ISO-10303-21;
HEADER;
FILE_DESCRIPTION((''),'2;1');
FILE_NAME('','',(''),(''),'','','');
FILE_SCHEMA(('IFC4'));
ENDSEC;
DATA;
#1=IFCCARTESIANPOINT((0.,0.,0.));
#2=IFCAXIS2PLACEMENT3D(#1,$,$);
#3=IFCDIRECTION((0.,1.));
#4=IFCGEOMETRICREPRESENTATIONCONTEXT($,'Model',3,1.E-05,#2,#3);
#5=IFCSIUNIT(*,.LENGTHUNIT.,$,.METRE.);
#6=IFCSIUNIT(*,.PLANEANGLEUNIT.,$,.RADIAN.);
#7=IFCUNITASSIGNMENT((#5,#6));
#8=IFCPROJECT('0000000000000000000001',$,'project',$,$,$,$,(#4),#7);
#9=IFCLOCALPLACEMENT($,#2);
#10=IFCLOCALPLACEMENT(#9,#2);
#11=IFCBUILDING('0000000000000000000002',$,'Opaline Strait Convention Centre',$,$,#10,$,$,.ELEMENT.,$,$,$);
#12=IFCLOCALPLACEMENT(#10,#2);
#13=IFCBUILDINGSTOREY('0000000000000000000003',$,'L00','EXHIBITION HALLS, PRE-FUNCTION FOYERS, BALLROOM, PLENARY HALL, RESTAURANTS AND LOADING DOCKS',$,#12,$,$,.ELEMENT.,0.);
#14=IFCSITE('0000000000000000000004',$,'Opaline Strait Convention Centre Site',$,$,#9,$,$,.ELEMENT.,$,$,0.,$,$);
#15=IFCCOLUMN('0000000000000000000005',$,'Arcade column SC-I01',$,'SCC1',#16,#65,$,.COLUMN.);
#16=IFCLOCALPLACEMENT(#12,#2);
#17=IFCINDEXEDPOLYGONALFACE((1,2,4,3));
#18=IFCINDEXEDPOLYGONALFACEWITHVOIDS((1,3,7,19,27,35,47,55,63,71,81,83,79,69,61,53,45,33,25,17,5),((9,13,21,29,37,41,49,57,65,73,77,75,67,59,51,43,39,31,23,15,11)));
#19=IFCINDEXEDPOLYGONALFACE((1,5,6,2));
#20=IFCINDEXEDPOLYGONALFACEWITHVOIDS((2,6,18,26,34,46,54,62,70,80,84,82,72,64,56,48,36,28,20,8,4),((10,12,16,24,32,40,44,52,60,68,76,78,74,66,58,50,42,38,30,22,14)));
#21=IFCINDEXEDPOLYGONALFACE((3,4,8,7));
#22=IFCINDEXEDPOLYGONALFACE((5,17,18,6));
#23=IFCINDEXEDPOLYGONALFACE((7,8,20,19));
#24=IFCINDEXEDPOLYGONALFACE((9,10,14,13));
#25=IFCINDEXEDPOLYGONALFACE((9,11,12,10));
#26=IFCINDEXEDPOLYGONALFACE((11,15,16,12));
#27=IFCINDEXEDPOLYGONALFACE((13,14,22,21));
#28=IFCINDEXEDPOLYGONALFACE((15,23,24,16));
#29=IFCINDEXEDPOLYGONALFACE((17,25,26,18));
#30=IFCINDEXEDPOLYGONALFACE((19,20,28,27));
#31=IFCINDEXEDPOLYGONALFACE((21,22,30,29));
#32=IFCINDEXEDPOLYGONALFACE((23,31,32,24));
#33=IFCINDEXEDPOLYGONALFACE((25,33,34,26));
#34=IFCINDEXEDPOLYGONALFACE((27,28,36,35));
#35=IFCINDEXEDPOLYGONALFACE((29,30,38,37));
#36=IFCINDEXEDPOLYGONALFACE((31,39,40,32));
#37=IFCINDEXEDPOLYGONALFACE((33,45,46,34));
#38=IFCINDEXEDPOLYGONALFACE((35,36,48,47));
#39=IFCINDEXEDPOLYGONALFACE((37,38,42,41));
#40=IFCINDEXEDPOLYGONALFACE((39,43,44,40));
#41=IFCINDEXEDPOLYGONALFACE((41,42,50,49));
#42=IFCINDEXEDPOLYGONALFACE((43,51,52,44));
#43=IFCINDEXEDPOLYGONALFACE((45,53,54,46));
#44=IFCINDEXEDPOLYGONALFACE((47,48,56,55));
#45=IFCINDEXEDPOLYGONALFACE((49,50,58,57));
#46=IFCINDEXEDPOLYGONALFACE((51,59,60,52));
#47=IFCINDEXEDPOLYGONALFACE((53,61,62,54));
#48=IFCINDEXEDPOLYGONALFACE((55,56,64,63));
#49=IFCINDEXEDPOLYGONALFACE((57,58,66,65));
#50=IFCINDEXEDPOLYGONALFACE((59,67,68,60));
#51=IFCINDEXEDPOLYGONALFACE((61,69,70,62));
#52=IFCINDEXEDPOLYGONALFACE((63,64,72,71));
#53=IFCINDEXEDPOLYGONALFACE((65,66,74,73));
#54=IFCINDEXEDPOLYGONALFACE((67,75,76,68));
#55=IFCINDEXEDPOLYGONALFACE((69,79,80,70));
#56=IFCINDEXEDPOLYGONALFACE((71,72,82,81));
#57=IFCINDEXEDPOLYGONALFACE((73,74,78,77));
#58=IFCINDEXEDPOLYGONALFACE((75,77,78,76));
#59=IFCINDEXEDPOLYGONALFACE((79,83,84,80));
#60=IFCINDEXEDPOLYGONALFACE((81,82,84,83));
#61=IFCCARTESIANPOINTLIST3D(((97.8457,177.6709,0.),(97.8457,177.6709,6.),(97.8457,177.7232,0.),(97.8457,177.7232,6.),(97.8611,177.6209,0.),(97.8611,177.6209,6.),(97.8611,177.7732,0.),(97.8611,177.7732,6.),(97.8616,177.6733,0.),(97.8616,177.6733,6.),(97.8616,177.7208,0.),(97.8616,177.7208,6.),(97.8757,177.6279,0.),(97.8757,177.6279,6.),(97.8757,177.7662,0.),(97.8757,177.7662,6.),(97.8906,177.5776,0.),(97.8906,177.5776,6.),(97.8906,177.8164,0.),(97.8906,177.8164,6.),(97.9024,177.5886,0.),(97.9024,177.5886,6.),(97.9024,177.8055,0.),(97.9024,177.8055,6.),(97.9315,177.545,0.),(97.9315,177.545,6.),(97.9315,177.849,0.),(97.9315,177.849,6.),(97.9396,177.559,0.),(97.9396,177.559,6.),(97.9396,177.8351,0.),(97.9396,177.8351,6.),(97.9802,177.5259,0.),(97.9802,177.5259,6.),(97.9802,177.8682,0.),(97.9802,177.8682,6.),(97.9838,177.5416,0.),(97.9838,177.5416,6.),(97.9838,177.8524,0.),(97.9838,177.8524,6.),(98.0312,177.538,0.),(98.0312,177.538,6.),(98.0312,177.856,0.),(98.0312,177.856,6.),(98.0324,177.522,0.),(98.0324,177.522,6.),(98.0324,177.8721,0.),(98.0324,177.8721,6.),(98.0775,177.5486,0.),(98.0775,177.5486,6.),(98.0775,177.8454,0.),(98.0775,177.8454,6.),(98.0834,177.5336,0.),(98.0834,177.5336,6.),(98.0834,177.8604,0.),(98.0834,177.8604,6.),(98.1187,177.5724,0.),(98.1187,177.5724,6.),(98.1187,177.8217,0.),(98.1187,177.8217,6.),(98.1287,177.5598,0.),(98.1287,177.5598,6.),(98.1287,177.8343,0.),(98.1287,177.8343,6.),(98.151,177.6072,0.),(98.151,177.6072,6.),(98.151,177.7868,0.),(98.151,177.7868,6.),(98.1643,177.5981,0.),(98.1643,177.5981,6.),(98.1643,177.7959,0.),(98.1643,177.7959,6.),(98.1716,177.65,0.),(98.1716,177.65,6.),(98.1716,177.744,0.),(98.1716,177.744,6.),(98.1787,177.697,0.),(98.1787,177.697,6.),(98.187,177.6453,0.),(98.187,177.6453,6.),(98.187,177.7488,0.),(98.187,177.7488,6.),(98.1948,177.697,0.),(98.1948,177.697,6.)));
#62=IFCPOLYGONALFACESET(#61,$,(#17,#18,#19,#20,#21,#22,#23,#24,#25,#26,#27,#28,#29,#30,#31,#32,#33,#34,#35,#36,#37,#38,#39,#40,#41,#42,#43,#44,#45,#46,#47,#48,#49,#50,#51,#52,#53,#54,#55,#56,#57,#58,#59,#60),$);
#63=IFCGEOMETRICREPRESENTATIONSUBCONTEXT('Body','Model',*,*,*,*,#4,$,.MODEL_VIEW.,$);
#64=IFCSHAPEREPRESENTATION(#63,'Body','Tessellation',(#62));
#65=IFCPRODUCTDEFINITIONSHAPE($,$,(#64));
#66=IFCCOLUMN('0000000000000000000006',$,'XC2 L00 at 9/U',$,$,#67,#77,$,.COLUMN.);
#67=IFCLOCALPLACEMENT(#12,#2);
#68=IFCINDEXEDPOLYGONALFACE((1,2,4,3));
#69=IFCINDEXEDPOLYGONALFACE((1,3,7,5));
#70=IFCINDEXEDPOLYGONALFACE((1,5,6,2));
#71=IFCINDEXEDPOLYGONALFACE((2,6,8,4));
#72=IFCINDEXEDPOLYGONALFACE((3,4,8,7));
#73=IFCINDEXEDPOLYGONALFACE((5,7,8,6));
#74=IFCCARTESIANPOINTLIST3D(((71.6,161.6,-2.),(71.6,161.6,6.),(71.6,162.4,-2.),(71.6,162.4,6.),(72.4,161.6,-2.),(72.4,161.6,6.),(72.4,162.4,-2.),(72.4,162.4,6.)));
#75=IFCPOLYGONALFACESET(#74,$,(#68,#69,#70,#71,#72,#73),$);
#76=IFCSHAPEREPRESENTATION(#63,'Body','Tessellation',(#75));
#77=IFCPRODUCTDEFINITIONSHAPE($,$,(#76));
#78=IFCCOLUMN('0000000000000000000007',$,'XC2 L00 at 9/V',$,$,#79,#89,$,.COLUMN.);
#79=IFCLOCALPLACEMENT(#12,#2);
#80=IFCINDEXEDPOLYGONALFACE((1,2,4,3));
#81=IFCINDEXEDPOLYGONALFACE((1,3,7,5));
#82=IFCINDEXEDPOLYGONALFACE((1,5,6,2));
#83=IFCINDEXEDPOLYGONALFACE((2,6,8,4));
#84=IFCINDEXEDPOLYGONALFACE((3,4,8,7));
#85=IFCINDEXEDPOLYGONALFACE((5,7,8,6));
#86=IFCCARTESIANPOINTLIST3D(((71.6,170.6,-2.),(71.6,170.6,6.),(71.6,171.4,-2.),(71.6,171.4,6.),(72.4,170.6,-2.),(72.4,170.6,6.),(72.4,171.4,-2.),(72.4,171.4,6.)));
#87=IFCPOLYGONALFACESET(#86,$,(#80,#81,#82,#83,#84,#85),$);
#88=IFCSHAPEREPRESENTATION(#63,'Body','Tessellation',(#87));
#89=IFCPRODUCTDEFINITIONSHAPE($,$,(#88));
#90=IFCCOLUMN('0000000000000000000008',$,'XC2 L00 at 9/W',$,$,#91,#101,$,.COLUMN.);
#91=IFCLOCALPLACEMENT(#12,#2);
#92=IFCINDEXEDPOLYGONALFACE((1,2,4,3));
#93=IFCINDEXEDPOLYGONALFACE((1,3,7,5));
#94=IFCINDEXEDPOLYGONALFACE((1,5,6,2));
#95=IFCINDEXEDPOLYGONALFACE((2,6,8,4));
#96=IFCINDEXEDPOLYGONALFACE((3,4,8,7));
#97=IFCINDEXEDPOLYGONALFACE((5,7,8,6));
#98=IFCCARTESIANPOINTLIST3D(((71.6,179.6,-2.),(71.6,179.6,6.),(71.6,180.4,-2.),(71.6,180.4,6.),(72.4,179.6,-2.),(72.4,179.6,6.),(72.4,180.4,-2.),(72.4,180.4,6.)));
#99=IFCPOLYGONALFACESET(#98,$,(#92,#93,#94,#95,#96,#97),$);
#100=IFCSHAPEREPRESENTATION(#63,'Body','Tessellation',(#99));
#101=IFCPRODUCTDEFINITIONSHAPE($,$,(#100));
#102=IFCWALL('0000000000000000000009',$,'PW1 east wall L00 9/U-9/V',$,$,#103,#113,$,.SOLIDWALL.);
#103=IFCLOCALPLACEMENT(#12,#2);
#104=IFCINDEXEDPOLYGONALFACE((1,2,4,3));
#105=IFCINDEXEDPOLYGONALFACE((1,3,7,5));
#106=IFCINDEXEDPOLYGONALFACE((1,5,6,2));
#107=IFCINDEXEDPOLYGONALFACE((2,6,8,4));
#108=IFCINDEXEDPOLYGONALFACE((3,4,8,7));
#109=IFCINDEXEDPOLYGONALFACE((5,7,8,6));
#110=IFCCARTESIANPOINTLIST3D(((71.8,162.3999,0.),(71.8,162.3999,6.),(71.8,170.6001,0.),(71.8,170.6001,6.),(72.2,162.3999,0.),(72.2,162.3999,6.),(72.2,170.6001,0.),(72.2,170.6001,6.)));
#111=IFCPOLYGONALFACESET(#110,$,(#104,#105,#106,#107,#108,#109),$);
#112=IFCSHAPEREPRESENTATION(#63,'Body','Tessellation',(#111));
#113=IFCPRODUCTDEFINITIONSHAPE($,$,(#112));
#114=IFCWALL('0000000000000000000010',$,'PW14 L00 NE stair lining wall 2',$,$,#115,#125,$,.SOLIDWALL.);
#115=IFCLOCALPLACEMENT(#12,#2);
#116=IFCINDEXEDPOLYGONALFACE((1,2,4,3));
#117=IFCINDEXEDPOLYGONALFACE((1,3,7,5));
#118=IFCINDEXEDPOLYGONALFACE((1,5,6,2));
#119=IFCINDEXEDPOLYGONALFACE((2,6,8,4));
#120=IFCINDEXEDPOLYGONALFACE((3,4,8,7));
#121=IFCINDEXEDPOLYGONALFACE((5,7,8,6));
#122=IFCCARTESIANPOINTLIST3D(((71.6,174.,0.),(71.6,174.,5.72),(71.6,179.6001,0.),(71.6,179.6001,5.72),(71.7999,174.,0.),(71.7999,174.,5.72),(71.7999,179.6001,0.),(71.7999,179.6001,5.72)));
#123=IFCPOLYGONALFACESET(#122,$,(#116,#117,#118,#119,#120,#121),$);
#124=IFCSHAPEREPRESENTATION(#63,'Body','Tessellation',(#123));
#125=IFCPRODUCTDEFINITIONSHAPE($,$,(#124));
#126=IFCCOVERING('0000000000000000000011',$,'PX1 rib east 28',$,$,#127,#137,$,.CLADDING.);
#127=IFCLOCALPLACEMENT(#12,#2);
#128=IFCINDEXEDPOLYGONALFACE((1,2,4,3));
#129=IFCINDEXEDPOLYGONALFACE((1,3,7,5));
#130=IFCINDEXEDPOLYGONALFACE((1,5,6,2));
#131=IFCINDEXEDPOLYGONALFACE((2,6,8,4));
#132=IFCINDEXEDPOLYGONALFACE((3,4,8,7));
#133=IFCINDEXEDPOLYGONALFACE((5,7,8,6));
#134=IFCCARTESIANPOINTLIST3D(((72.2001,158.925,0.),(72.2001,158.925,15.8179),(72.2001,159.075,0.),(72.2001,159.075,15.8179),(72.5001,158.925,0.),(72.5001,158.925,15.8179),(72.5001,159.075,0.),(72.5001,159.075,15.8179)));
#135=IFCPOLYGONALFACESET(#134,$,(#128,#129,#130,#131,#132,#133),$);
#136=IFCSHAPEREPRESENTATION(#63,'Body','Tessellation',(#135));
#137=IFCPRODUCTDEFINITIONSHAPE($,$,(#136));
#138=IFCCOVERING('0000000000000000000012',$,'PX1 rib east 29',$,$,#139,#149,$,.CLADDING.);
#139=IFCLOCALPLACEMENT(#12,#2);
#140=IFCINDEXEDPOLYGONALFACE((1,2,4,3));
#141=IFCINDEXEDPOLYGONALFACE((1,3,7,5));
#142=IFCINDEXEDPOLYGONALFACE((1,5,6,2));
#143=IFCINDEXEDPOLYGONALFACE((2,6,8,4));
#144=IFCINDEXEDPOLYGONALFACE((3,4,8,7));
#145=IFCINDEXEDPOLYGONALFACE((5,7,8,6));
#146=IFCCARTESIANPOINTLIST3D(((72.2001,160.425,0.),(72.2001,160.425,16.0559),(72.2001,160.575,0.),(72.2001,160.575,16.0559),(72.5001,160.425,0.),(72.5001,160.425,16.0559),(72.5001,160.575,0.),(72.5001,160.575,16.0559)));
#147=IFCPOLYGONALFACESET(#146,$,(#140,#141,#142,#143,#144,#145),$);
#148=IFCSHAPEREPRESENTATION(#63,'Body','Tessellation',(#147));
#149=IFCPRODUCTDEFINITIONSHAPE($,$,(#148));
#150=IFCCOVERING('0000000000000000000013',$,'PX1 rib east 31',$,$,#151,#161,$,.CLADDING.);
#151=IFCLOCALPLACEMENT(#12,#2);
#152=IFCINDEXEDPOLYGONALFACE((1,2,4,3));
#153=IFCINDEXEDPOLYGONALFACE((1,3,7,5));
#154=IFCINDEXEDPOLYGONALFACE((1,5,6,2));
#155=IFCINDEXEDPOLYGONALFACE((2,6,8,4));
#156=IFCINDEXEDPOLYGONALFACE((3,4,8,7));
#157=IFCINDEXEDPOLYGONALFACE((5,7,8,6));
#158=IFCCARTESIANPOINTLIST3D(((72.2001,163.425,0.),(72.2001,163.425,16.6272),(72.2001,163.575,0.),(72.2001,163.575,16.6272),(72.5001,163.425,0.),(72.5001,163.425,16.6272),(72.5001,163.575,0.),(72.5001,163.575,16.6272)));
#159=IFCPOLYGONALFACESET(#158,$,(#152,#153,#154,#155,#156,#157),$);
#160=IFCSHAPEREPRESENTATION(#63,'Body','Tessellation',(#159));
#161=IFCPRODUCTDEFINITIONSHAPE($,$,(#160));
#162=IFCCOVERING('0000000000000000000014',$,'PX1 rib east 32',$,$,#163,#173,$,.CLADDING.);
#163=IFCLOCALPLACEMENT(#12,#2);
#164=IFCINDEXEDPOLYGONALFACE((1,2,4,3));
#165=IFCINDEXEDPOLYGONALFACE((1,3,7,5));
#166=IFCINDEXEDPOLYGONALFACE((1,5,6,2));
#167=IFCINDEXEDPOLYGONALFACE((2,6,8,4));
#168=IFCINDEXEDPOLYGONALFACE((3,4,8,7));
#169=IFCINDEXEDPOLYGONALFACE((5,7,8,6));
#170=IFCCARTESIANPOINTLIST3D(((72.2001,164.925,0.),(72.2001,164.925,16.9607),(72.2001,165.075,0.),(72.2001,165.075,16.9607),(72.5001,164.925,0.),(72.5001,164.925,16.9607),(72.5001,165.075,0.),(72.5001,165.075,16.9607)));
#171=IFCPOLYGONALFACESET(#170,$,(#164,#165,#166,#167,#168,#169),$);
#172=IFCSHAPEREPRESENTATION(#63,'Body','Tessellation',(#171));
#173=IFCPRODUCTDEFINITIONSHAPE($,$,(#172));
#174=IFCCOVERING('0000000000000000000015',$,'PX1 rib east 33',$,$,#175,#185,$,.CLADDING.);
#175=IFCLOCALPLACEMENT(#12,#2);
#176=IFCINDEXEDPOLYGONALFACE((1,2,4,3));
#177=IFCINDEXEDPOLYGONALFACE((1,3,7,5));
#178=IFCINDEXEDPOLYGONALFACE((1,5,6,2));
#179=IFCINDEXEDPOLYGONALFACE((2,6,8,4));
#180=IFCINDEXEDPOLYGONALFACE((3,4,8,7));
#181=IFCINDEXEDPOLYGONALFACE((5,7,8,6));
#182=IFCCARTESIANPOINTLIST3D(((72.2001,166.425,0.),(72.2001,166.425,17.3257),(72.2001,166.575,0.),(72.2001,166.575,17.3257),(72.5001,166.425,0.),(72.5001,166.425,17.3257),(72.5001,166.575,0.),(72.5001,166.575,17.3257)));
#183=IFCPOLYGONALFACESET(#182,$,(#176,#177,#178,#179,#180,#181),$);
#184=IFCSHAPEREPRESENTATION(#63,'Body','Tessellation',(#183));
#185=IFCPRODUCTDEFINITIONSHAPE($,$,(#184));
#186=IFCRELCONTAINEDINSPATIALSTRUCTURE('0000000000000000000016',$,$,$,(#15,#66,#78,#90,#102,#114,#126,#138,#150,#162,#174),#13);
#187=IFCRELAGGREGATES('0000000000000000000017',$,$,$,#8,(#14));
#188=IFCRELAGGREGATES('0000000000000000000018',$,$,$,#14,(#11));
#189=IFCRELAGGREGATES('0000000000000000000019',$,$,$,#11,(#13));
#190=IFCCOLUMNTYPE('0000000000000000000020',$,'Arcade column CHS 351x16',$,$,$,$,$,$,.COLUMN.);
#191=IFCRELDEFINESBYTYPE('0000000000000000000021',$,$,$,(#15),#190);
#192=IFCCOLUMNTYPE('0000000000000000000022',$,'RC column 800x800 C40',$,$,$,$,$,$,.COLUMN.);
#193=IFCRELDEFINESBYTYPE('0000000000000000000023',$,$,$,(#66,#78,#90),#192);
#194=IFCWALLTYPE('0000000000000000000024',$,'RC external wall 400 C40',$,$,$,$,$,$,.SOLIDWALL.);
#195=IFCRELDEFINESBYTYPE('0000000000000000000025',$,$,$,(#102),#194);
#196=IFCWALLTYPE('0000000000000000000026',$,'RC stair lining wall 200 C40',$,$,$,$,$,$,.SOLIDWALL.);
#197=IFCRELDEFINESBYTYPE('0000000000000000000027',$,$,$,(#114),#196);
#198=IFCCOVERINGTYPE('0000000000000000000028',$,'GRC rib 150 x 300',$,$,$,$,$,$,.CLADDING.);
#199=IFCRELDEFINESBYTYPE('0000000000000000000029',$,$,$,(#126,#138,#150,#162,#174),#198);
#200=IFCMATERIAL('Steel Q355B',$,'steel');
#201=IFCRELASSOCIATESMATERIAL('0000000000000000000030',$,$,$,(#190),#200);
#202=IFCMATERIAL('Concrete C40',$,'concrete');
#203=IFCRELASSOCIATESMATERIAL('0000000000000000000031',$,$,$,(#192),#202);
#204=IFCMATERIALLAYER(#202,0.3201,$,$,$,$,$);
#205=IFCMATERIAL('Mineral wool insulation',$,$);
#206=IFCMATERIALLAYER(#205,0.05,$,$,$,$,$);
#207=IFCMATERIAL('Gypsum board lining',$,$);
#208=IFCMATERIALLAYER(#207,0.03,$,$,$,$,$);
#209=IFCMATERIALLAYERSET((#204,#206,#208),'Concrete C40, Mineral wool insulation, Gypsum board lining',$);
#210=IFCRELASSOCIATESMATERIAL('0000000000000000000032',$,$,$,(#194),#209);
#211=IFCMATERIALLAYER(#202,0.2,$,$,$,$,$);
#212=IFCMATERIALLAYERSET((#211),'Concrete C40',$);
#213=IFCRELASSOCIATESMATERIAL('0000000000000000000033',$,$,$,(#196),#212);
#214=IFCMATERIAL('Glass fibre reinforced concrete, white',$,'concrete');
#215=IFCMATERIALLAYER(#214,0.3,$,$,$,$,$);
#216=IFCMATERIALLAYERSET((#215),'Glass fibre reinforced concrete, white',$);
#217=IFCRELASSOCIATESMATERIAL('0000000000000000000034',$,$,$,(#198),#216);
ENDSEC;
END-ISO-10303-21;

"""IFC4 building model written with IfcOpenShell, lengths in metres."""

from ifc_helpers import new_model, si_unit, direction, frame, frame_2d, origin, origin_2d, place, context, subcontext, project, spatial, rectangle, hollow_circle, extrude, material, layer, layer_set, material_profile, profile_set, type_object, element, save


model = new_model("IFC4")

# Units and contexts
model_context = context("Model", 3, precision=1e-05, world=origin(), true_north=direction((0.0, 1.0)))
body_context = subcontext(model_context, "Body", "Model", "MODEL_VIEW")
ifc_project = project(units=[si_unit("LENGTHUNIT", "METRE"), si_unit("PLANEANGLEUNIT", "RADIAN")], contexts=[model_context])

# Site, building, storey
site_placement = place(None, origin())
site = spatial("IfcSite", under=ifc_project, at=site_placement, Name="Opaline Strait Convention Centre Site", CompositionType="ELEMENT", RefElevation=0.0)
building_placement = place(site_placement, origin())
building = spatial("IfcBuilding", under=site, at=building_placement, Name="Opaline Strait Convention Centre", CompositionType="ELEMENT")
storey_placement = place(building_placement, origin())
storey = spatial("IfcBuildingStorey", under=building, at=storey_placement, Name="L00", Description="EXHIBITION HALLS, PRE-FUNCTION FOYERS, BALLROOM, PLENARY HALL, RESTAURANTS AND LOADING DOCKS", CompositionType="ELEMENT", Elevation=0.0)

# Columns
ifc_material_1 = material(Name="Steel Q355B", Category="steel")
ifc_material_profile_1 = material_profile(ifc_material_1, hollow_circle(Radius=0.1755, WallThickness=0.0161, at=origin_2d()), Name="CHS 351x16")
ifc_profile_set_1 = profile_set([ifc_material_profile_1], Name="Steel Q355B")
column_type_1 = type_object("IfcColumnType", Name="Arcade column CHS 351x16", PredefinedType="COLUMN", material=ifc_profile_set_1)
column_placement = place(storey_placement, frame((98.0193, 177.697, 0.0), z_axis=(0.0, 0.0, 1.0), x_axis=(1.0, 0.0, 0.0)))
element("IfcColumn", 1, at=column_placement, inside=storey, type_object=column_type_1, Name="Arcade column SC-I01", ObjectType="SCC1", PredefinedType="COLUMN", context=body_context, shape_type="SweptSolid", body=[
    extrude(hollow_circle(Radius=0.1755, WallThickness=0.0161, at=origin_2d()), origin(), (0.0, 0.0, 1.0), 6.0),
])
ifc_material_2 = material(Name="Concrete C40", Category="concrete")
ifc_material_profile_2 = material_profile(ifc_material_2, rectangle(XDim=0.8, YDim=0.8, at=origin_2d()), Name="RC 800x800")
ifc_profile_set_2 = profile_set([ifc_material_profile_2], Name="Concrete C40")
column_type_2 = type_object("IfcColumnType", Name="RC column 800x800 C40", PredefinedType="COLUMN", material=ifc_profile_set_2)
for number, where, z_axis, x_axis, name in (
    (2, (72.0, 162.0, -2.0), (0.0, 0.0, 1.0), (1.0, 0.0, 0.0), "XC2 L00 at 9/U"),
    (3, (72.0, 171.0, -2.0), (0.0, 0.0, 1.0), (1.0, 0.0, 0.0), "XC2 L00 at 9/V"),
    (4, (72.0, 180.0, -2.0), (0.0, 0.0, 1.0), (1.0, 0.0, 0.0), "XC2 L00 at 9/W"),
):
    element("IfcColumn", number, at=place(storey_placement, frame(where, z_axis=z_axis, x_axis=x_axis)), inside=storey, type_object=column_type_2, Name=name, PredefinedType="COLUMN", context=body_context, shape_type="SweptSolid", body=[
        extrude(rectangle(XDim=0.8, YDim=0.8, at=origin_2d()), origin(), (0.0, 0.0, 1.0), 8.0),
    ])

# Wall
ifc_layer_1 = layer(ifc_material_2, 0.3201)
ifc_material_3 = material(Name="Mineral wool insulation")
ifc_layer_2 = layer(ifc_material_3, 0.05)
ifc_material_4 = material(Name="Gypsum board lining")
ifc_layer_3 = layer(ifc_material_4, 0.03)
ifc_layer_set_1 = layer_set([ifc_layer_1, ifc_layer_2, ifc_layer_3], Name="Concrete C40, Mineral wool insulation, Gypsum board lining")
wall_type_1 = type_object("IfcWallType", Name="RC external wall 400 C40", PredefinedType="SOLIDWALL", material=ifc_layer_set_1)
wall_1_placement = place(storey_placement, frame((72.0, 162.3999, 0.0), z_axis=(0.0, 0.0, 1.0), x_axis=(0.0, 1.0, 0.0)))
element("IfcWall", 5, at=wall_1_placement, inside=storey, type_object=wall_type_1, Name="PW1 east wall L00 9/U-9/V", PredefinedType="SOLIDWALL", context=body_context, shape_type="SweptSolid", body=[
    extrude(rectangle(XDim=8.2002, YDim=0.3999, at=frame_2d((4.1001, 0.0))), origin(), (0.0, 0.0, 1.0), 6.0),
])

# Wall
ifc_layer_4 = layer(ifc_material_2, 0.2)
ifc_layer_set_2 = layer_set([ifc_layer_4], Name="Concrete C40")
wall_type_2 = type_object("IfcWallType", Name="RC stair lining wall 200 C40", PredefinedType="SOLIDWALL", material=ifc_layer_set_2)
wall_2_placement = place(storey_placement, frame((71.7, 174.0, 0.0), z_axis=(0.0, 0.0, 1.0), x_axis=(0.0, 1.0, 0.0)))
element("IfcWall", 6, at=wall_2_placement, inside=storey, type_object=wall_type_2, Name="PW14 L00 NE stair lining wall 2", PredefinedType="SOLIDWALL", context=body_context, shape_type="SweptSolid", body=[
    extrude(rectangle(XDim=5.6001, YDim=0.2, at=frame_2d((2.8, 0.0))), origin(), (0.0, 0.0, 1.0), 5.72),
])

# Coverings
ifc_material_5 = material(Name="Glass fibre reinforced concrete, white", Category="concrete")
ifc_layer_5 = layer(ifc_material_5, 0.3)
ifc_layer_set_3 = layer_set([ifc_layer_5], Name="Glass fibre reinforced concrete, white")
covering_type = type_object("IfcCoveringType", Name="GRC rib 150 x 300", PredefinedType="CLADDING", material=ifc_layer_set_3)
covering_1_placement = place(storey_placement, frame((72.3501, 159.0, 0.0), z_axis=(0.0, 0.0, 1.0), x_axis=(1.0, 0.0, 0.0)))
element("IfcCovering", 7, at=covering_1_placement, inside=storey, type_object=covering_type, Name="PX1 rib east 28", PredefinedType="CLADDING", context=body_context, shape_type="SweptSolid", body=[
    extrude(rectangle(XDim=0.3, YDim=0.1499, at=origin_2d()), origin(), (0.0, 0.0, 1.0), 15.8179),
])
covering_2_placement = place(storey_placement, frame((72.3501, 160.5, 0.0), z_axis=(0.0, 0.0, 1.0), x_axis=(1.0, 0.0, 0.0)))
element("IfcCovering", 8, at=covering_2_placement, inside=storey, type_object=covering_type, Name="PX1 rib east 29", PredefinedType="CLADDING", context=body_context, shape_type="SweptSolid", body=[
    extrude(rectangle(XDim=0.3, YDim=0.1499, at=origin_2d()), origin(), (0.0, 0.0, 1.0), 16.0559),
])
covering_3_placement = place(storey_placement, frame((72.3501, 163.5, 0.0), z_axis=(0.0, 0.0, 1.0), x_axis=(1.0, 0.0, 0.0)))
element("IfcCovering", 9, at=covering_3_placement, inside=storey, type_object=covering_type, Name="PX1 rib east 31", PredefinedType="CLADDING", context=body_context, shape_type="SweptSolid", body=[
    extrude(rectangle(XDim=0.3, YDim=0.1499, at=origin_2d()), origin(), (0.0, 0.0, 1.0), 16.6272),
])
covering_4_placement = place(storey_placement, frame((72.3501, 165.0, 0.0), z_axis=(0.0, 0.0, 1.0), x_axis=(1.0, 0.0, 0.0)))
element("IfcCovering", 10, at=covering_4_placement, inside=storey, type_object=covering_type, Name="PX1 rib east 32", PredefinedType="CLADDING", context=body_context, shape_type="SweptSolid", body=[
    extrude(rectangle(XDim=0.3, YDim=0.1499, at=origin_2d()), origin(), (0.0, 0.0, 1.0), 16.9607),
])
covering_5_placement = place(storey_placement, frame((72.3501, 166.5, 0.0), z_axis=(0.0, 0.0, 1.0), x_axis=(1.0, 0.0, 0.0)))
element("IfcCovering", 11, at=covering_5_placement, inside=storey, type_object=covering_type, Name="PX1 rib east 33", PredefinedType="CLADDING", context=body_context, shape_type="SweptSolid", body=[
    extrude(rectangle(XDim=0.3, YDim=0.1499, at=origin_2d()), origin(), (0.0, 0.0, 1.0), 17.3257),
])

save(model, "model.ifc")
